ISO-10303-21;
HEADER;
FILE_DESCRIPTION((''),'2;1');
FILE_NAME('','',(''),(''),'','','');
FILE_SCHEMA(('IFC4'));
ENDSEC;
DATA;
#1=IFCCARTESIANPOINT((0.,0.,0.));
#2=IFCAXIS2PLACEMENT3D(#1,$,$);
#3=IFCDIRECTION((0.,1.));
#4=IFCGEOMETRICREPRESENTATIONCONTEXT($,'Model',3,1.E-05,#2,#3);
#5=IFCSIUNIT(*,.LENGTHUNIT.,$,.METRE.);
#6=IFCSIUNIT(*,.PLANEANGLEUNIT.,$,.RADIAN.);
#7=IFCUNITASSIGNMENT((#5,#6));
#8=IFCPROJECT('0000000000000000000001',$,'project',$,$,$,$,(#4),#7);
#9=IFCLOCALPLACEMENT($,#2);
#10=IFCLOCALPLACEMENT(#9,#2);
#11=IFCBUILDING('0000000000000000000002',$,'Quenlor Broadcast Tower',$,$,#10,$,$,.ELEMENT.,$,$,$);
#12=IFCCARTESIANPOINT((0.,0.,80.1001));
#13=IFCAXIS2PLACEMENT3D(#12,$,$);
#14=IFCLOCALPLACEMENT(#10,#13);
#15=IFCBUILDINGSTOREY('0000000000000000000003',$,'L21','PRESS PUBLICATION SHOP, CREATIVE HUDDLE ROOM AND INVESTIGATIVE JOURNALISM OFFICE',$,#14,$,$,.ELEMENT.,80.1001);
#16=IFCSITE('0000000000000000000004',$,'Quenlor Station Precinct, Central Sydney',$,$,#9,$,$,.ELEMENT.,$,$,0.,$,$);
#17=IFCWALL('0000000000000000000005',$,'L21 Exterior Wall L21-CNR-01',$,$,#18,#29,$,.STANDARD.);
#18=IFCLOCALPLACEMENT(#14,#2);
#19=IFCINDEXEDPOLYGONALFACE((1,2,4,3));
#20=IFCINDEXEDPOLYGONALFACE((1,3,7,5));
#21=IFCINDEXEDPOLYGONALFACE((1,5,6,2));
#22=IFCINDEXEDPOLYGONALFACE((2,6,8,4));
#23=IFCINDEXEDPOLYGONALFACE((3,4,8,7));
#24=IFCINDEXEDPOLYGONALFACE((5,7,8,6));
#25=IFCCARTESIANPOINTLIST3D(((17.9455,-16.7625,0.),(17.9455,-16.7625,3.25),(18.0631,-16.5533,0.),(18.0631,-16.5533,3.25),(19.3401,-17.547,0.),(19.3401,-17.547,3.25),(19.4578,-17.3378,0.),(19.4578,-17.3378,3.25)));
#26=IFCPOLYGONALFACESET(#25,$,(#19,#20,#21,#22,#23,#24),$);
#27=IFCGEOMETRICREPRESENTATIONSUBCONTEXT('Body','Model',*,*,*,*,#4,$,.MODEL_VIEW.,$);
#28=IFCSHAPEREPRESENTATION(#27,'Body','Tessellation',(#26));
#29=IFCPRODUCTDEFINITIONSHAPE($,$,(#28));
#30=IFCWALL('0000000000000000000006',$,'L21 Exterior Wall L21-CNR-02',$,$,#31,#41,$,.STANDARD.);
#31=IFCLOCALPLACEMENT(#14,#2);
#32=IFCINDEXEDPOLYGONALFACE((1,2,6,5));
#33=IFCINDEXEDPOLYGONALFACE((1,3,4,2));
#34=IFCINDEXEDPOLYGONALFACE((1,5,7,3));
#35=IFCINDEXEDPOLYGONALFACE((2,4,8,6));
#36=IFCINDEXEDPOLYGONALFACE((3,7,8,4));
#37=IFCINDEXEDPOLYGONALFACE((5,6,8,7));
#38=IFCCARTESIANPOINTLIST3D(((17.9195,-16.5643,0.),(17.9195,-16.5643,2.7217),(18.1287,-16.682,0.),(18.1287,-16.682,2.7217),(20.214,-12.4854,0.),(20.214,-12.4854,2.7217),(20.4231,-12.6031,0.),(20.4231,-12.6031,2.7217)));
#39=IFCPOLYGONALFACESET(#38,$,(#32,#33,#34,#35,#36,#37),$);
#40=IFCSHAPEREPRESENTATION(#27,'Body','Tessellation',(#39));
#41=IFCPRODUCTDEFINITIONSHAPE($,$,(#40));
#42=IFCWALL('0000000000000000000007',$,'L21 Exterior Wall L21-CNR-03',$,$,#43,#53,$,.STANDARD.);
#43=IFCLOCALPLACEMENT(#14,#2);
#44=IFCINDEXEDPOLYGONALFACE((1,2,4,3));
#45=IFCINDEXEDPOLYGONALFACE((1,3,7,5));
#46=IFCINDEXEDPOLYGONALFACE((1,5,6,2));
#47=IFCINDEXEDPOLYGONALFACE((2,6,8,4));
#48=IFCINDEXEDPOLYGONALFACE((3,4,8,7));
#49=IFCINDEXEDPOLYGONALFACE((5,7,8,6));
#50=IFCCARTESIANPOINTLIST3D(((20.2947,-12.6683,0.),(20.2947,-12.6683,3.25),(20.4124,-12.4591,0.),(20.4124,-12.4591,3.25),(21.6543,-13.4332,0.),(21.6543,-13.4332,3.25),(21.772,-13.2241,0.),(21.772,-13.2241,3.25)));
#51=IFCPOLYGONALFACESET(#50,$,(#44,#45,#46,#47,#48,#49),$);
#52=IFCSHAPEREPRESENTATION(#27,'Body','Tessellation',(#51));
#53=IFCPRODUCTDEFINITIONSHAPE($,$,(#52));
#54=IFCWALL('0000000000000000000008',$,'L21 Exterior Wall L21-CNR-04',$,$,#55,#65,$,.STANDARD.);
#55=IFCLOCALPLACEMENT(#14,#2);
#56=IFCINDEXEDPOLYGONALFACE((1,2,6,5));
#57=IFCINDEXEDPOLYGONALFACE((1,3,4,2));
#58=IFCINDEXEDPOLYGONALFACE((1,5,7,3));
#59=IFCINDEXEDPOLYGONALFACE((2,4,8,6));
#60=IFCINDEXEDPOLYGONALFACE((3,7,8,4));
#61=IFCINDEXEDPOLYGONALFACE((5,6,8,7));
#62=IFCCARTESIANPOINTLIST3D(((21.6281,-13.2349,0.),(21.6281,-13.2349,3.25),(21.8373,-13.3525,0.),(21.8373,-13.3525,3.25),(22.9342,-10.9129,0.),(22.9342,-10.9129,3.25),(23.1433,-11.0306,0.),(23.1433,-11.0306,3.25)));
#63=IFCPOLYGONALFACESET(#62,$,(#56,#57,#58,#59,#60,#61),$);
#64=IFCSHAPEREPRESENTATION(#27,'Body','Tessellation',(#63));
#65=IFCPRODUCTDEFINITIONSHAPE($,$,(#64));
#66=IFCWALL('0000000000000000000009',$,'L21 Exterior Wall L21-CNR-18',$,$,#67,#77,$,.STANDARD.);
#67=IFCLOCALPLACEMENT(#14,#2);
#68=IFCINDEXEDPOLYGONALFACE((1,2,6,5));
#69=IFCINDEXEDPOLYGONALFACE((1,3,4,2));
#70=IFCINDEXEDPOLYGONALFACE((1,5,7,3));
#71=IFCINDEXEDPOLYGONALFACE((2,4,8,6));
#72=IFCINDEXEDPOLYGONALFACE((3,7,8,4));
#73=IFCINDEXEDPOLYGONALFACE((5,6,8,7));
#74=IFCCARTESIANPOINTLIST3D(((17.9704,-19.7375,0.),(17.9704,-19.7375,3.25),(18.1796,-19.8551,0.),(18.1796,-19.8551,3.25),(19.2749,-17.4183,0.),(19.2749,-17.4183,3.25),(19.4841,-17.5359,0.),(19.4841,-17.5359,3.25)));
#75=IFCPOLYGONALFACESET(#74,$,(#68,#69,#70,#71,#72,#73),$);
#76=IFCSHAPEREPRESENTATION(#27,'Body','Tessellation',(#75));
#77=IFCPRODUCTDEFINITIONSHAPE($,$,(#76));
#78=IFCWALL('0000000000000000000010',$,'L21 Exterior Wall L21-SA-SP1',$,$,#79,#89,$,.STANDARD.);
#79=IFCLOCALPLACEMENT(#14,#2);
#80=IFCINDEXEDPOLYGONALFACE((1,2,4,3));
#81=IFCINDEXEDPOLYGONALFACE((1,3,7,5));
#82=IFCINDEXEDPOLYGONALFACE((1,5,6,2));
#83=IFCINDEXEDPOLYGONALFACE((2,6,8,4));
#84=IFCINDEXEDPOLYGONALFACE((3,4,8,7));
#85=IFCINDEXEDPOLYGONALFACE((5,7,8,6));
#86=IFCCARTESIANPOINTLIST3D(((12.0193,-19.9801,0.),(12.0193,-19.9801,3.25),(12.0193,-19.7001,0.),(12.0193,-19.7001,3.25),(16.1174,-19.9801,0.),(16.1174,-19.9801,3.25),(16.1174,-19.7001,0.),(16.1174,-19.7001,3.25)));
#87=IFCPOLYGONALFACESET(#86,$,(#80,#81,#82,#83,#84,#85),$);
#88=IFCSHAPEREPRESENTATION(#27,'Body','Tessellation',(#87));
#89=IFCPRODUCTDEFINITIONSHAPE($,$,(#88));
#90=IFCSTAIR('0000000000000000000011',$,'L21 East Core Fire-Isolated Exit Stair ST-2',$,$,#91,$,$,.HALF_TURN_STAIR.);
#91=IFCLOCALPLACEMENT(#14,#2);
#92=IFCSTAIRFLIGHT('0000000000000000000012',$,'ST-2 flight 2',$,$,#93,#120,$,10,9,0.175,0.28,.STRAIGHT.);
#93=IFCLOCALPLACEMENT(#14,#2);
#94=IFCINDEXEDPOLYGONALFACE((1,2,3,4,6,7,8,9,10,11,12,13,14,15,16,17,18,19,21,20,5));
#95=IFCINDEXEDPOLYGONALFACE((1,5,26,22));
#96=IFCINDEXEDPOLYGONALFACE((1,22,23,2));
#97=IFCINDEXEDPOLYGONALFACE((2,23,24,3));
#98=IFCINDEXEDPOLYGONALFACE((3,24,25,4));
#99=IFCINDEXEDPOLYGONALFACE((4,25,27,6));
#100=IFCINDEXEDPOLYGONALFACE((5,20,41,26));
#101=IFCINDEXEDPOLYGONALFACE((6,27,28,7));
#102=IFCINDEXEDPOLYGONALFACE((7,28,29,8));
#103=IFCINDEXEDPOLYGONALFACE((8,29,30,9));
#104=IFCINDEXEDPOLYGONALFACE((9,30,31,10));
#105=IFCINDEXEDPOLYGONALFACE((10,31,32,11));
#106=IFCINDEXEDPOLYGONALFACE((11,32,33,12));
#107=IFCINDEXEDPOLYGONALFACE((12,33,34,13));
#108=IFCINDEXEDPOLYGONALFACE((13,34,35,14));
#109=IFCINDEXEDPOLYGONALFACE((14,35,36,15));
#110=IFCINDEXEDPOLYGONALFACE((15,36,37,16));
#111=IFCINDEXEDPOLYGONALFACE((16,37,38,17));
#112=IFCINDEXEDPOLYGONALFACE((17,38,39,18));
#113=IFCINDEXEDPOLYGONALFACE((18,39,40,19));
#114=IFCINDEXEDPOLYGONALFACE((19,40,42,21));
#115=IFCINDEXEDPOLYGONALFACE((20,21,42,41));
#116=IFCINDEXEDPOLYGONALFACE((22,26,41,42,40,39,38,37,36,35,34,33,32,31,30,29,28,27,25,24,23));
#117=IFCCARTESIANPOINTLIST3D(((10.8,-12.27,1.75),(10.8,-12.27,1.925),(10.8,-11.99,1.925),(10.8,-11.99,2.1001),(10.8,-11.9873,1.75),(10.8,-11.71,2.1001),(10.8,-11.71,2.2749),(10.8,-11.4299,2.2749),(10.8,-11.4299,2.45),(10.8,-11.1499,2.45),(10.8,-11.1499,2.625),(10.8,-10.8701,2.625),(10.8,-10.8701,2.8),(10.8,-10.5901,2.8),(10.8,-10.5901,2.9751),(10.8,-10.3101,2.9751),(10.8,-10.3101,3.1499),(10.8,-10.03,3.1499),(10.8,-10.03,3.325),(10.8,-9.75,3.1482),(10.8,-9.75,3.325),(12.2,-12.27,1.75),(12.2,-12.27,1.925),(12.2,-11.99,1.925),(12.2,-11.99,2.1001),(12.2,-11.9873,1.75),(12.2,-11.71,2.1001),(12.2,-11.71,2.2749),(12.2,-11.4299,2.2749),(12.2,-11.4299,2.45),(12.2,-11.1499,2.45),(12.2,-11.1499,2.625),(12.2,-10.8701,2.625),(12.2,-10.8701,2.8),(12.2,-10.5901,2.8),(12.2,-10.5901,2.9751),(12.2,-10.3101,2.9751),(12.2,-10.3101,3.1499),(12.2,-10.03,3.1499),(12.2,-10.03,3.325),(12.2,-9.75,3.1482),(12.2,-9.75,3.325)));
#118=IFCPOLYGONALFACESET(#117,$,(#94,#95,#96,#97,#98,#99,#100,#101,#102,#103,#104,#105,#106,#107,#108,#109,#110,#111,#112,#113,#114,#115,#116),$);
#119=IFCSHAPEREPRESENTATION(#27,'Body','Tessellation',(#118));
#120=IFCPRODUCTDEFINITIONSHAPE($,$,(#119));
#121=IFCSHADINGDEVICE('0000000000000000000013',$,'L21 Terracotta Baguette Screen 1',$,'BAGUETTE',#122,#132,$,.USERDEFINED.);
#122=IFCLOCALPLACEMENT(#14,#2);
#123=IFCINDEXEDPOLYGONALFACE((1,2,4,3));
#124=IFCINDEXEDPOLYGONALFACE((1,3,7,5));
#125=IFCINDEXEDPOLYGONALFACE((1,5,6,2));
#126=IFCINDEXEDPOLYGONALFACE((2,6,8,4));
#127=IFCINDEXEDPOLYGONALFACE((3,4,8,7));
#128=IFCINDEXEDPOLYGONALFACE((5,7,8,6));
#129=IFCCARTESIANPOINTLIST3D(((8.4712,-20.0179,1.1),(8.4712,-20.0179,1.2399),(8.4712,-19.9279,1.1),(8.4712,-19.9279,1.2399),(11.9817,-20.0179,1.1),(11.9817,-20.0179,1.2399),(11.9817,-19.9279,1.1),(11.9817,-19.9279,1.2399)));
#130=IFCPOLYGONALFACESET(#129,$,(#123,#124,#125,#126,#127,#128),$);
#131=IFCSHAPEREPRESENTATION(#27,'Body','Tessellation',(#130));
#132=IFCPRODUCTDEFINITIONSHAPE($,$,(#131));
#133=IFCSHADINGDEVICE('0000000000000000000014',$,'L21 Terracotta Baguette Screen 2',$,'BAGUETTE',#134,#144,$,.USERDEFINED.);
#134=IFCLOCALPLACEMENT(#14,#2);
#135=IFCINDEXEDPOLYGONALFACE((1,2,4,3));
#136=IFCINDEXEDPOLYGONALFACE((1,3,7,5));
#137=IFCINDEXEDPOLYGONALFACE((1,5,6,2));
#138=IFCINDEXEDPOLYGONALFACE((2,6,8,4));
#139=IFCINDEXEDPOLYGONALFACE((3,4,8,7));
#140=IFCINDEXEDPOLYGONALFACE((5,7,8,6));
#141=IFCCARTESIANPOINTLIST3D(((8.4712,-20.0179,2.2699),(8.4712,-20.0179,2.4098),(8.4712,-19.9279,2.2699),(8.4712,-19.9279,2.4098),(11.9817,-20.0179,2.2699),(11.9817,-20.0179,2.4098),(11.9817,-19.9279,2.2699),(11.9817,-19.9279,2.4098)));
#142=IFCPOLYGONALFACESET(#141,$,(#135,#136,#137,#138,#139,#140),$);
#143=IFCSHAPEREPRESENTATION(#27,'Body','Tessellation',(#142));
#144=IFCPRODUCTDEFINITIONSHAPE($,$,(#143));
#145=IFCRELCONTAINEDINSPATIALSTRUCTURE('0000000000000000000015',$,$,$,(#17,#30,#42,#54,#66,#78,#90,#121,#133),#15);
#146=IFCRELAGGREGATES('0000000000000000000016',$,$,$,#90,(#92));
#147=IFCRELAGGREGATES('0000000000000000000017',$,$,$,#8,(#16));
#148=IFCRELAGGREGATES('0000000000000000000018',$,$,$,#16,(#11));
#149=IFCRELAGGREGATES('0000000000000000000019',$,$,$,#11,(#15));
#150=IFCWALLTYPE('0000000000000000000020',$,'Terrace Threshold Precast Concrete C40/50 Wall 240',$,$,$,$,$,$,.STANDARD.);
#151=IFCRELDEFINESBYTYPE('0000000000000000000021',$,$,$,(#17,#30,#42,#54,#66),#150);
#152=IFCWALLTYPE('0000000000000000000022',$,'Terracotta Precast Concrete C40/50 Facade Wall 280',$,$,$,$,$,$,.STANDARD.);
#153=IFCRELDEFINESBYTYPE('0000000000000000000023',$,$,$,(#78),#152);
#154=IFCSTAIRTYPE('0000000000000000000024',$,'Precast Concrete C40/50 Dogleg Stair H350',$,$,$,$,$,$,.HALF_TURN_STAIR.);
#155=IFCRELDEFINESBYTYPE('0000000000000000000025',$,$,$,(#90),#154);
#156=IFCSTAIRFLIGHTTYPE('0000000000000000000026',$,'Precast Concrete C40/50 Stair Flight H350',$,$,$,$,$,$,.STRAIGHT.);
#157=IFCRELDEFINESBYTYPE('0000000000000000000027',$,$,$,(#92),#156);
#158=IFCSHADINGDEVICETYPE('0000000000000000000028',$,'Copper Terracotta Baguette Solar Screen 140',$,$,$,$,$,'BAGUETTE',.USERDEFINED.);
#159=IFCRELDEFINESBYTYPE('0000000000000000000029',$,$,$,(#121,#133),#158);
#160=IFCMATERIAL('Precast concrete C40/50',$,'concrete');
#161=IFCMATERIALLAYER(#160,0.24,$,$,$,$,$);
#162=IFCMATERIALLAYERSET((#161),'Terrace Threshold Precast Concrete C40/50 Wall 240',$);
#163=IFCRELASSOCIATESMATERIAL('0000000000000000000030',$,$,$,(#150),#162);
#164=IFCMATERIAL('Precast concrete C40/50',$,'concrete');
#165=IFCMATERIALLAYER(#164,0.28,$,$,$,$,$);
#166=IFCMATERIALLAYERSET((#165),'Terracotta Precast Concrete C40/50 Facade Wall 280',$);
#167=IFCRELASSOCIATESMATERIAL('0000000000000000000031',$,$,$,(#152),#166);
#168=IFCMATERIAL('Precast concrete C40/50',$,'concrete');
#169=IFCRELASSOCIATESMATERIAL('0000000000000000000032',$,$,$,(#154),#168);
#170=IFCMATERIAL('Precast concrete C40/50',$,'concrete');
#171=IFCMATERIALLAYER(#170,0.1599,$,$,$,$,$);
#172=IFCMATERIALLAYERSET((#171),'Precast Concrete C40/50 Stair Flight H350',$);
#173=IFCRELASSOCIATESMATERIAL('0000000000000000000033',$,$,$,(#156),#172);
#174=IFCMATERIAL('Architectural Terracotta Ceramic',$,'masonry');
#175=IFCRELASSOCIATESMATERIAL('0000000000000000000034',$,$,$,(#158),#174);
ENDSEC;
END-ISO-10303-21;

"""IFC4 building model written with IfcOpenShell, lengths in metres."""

from ifc_helpers import new_model, si_unit, direction, frame, frame_2d, origin, origin_2d, place, context, subcontext, project, spatial, polyline, rectangle, outline, extrude, material, layer, layer_set, material_profile, profile_set, type_object, element, aggregate, save


model = new_model("IFC4")

# Units and contexts
model_context = context("Model", 3, precision=1e-05, world=origin(), true_north=direction((0.0, 1.0)))
body_context = subcontext(model_context, "Body", "Model", "MODEL_VIEW")
ifc_project = project(units=[si_unit("LENGTHUNIT", "METRE"), si_unit("PLANEANGLEUNIT", "RADIAN")], contexts=[model_context])

# Site, building, storey
site_placement = place(None, origin())
site = spatial("IfcSite", under=ifc_project, at=site_placement, Name="Quenlor Station Precinct, Central Sydney", CompositionType="ELEMENT", RefElevation=0.0)
building_placement = place(site_placement, origin())
building = spatial("IfcBuilding", under=site, at=building_placement, Name="Quenlor Broadcast Tower", CompositionType="ELEMENT")
storey_placement = place(building_placement, frame((0.0, 0.0, 80.1001)))
storey = spatial("IfcBuildingStorey", under=building, at=storey_placement, Name="L21", Description="PRESS PUBLICATION SHOP, CREATIVE HUDDLE ROOM AND INVESTIGATIVE JOURNALISM OFFICE", CompositionType="ELEMENT", Elevation=80.1001)

# Walls
ifc_material_1 = material(Name="Precast concrete C40/50", Category="concrete")
ifc_layer_1 = layer(ifc_material_1, 0.24)
ifc_layer_set_1 = layer_set([ifc_layer_1], Name="Terrace Threshold Precast Concrete C40/50 Wall 240")
wall_type_1 = type_object("IfcWallType", Name="Terrace Threshold Precast Concrete C40/50 Wall 240", PredefinedType="STANDARD", material=ifc_layer_set_1)
wall_1_placement = place(storey_placement, frame((19.3989, -17.4424, 0.0), z_axis=(0.0, 0.0, 1.0), x_axis=(-0.871576, 0.490261, 0.0)))
element("IfcWall", 1, at=wall_1_placement, inside=storey, type_object=wall_type_1, Name="L21 Exterior Wall L21-CNR-01", PredefinedType="STANDARD", context=body_context, shape_type="SweptSolid", body=[
    extrude(rectangle(XDim=1.6001, YDim=0.24, at=frame_2d((0.8, 0.0))), origin(), (0.0, 0.0, 1.0), 3.25),
])
wall_2_placement = place(storey_placement, frame((18.0242, -16.623, 0.0), z_axis=(0.0, 0.0, 1.0), x_axis=(0.490274, 0.871569, 0.0)))
element("IfcWall", 2, at=wall_2_placement, inside=storey, type_object=wall_type_1, Name="L21 Exterior Wall L21-CNR-02", PredefinedType="STANDARD", context=body_context, shape_type="SweptSolid", body=[
    extrude(rectangle(XDim=4.6799, YDim=0.24, at=frame_2d((2.3398, 0.0))), origin(), (0.0, 0.0, 1.0), 2.7217),
])
wall_3_placement = place(storey_placement, frame((20.3535, -12.5637, 0.0), z_axis=(0.0, 0.0, 1.0), x_axis=(0.871546, -0.490313, 0.0)))
element("IfcWall", 3, at=wall_3_placement, inside=storey, type_object=wall_type_1, Name="L21 Exterior Wall L21-CNR-03", PredefinedType="STANDARD", context=body_context, shape_type="SweptSolid", body=[
    extrude(rectangle(XDim=1.5601, YDim=0.24, at=frame_2d((0.78, 0.0))), origin(), (0.0, 0.0, 1.0), 3.25),
])
wall_4_placement = place(storey_placement, frame((21.7327, -13.2937, 0.0), z_axis=(0.0, 0.0, 1.0), x_axis=(0.490266, 0.871573, 0.0)))
element("IfcWall", 4, at=wall_4_placement, inside=storey, type_object=wall_type_1, Name="L21 Exterior Wall L21-CNR-04", PredefinedType="STANDARD", context=body_context, shape_type="SweptSolid", body=[
    extrude(rectangle(XDim=2.6641, YDim=0.24, at=frame_2d((1.332, 0.0))), origin(), (0.0, 0.0, 1.0), 3.25),
])
wall_5_placement = place(storey_placement, frame((18.075, -19.7964, 0.0), z_axis=(0.0, 0.0, 1.0), x_axis=(0.490248, 0.871583, 0.0)))
element("IfcWall", 5, at=wall_5_placement, inside=storey, type_object=wall_type_1, Name="L21 Exterior Wall L21-CNR-18", PredefinedType="STANDARD", context=body_context, shape_type="SweptSolid", body=[
    extrude(rectangle(XDim=2.6609, YDim=0.24, at=frame_2d((1.3306, 0.0))), origin(), (0.0, 0.0, 1.0), 3.25),
])
ifc_material_2 = material(Name="Precast concrete C40/50", Category="concrete")
ifc_layer_2 = layer(ifc_material_2, 0.28)
ifc_layer_set_2 = layer_set([ifc_layer_2], Name="Terracotta Precast Concrete C40/50 Facade Wall 280")
wall_type_2 = type_object("IfcWallType", Name="Terracotta Precast Concrete C40/50 Facade Wall 280", PredefinedType="STANDARD", material=ifc_layer_set_2)
wall_6_placement = place(storey_placement, frame((16.1174, -19.8401, 0.0), z_axis=(0.0, 0.0, 1.0), x_axis=(-1.0, 0.0, 0.0)))
element("IfcWall", 6, at=wall_6_placement, inside=storey, type_object=wall_type_2, Name="L21 Exterior Wall L21-SA-SP1", PredefinedType="STANDARD", context=body_context, shape_type="SweptSolid", body=[
    extrude(rectangle(XDim=4.0981, YDim=0.28, at=frame_2d((2.0491, 0.0))), origin(), (0.0, 0.0, 1.0), 3.25),
])

# Stair, stair flight
ifc_material_3 = material(Name="Precast concrete C40/50", Category="concrete")
stair_type = type_object("IfcStairType", Name="Precast Concrete C40/50 Dogleg Stair H350", PredefinedType="HALF_TURN_STAIR", material=ifc_material_3)
stair_placement = place(storey_placement, origin())
stair = element("IfcStair", 7, at=stair_placement, inside=storey, type_object=stair_type, Name="L21 East Core Fire-Isolated Exit Stair ST-2", PredefinedType="HALF_TURN_STAIR")
ifc_material_4 = material(Name="Precast concrete C40/50", Category="concrete")
ifc_layer_3 = layer(ifc_material_4, 0.1599)
ifc_layer_set_3 = layer_set([ifc_layer_3], Name="Precast Concrete C40/50 Stair Flight H350")
stair_flight_type = type_object("IfcStairFlightType", Name="Precast Concrete C40/50 Stair Flight H350", PredefinedType="STRAIGHT", material=ifc_layer_set_3)
stair_flight_placement = place(storey_placement, frame((11.5, -12.27, 1.75), z_axis=(0.0, 0.0, 1.0), x_axis=(0.0, 1.0, 0.0)))
stair_flight = element("IfcStairFlight", 8, at=stair_flight_placement, type_object=stair_flight_type, Name="ST-2 flight 2", NumberOfRisers=10, NumberOfTreads=9, PredefinedType="STRAIGHT", RiserHeight=0.175, TreadLength=0.28, context=body_context, shape_type="SweptSolid", body=[
    extrude(outline(polyline([(0.0, 0.0), (0.0, 0.175), (0.28, 0.175), (0.28, 0.3501), (0.5601, 0.3501), (0.5601, 0.5249), (0.8401, 0.5249), (0.8401, 0.7), (1.1201, 0.7), (1.1201, 0.875), (1.3999, 0.875), (1.3999, 1.05), (1.6799, 1.05), (1.6799, 1.2251), (1.96, 1.2251), (1.96, 1.3999), (2.24, 1.3999), (2.24, 1.575), (2.52, 1.575), (2.52, 1.75), (2.52, 1.3982), (0.2827, 0.0), (0.0, 0.0)])), frame((0.0, 0.7, 0.0), z_axis=(0.0, -1.0, 0.0), x_axis=(1.0, 0.0, 0.0)), (0.0, 0.0, 1.0), 1.3999),
])
aggregate(stair, [stair_flight])

# Shading devices
ifc_material_5 = material(Name="Architectural Terracotta Ceramic", Category="masonry")
ifc_material_profile_1 = material_profile(ifc_material_5, rectangle(XDim=0.0901, YDim=0.1399, at=origin_2d()))
ifc_profile_set_1 = profile_set([ifc_material_profile_1], Name="Architectural Terracotta Ceramic BAG90x140")
shading_device_type = type_object("IfcShadingDeviceType", Name="Copper Terracotta Baguette Solar Screen 140", ElementType="BAGUETTE", PredefinedType="USERDEFINED", material=ifc_profile_set_1)
for number, where, z_axis, x_axis, name in (
    (9, (11.9817, -19.9729, 1.1699), (-1.0, 0.0, 0.0), (0.0, -1.0, 0.0), "L21 Terracotta Baguette Screen 1"),
    (10, (11.9817, -19.9729, 2.3398), (-1.0, 0.0, 0.0), (0.0, -1.0, 0.0), "L21 Terracotta Baguette Screen 2"),
):
    element("IfcShadingDevice", number, at=place(storey_placement, frame(where, z_axis=z_axis, x_axis=x_axis)), inside=storey, type_object=shading_device_type, Name=name, ObjectType="BAGUETTE", PredefinedType="USERDEFINED", context=body_context, shape_type="SweptSolid", body=[
        extrude(rectangle(XDim=0.0901, YDim=0.1399, at=origin_2d()), origin(), (0.0, 0.0, 1.0), 3.5105),
    ])

save(model, "model.ifc")
